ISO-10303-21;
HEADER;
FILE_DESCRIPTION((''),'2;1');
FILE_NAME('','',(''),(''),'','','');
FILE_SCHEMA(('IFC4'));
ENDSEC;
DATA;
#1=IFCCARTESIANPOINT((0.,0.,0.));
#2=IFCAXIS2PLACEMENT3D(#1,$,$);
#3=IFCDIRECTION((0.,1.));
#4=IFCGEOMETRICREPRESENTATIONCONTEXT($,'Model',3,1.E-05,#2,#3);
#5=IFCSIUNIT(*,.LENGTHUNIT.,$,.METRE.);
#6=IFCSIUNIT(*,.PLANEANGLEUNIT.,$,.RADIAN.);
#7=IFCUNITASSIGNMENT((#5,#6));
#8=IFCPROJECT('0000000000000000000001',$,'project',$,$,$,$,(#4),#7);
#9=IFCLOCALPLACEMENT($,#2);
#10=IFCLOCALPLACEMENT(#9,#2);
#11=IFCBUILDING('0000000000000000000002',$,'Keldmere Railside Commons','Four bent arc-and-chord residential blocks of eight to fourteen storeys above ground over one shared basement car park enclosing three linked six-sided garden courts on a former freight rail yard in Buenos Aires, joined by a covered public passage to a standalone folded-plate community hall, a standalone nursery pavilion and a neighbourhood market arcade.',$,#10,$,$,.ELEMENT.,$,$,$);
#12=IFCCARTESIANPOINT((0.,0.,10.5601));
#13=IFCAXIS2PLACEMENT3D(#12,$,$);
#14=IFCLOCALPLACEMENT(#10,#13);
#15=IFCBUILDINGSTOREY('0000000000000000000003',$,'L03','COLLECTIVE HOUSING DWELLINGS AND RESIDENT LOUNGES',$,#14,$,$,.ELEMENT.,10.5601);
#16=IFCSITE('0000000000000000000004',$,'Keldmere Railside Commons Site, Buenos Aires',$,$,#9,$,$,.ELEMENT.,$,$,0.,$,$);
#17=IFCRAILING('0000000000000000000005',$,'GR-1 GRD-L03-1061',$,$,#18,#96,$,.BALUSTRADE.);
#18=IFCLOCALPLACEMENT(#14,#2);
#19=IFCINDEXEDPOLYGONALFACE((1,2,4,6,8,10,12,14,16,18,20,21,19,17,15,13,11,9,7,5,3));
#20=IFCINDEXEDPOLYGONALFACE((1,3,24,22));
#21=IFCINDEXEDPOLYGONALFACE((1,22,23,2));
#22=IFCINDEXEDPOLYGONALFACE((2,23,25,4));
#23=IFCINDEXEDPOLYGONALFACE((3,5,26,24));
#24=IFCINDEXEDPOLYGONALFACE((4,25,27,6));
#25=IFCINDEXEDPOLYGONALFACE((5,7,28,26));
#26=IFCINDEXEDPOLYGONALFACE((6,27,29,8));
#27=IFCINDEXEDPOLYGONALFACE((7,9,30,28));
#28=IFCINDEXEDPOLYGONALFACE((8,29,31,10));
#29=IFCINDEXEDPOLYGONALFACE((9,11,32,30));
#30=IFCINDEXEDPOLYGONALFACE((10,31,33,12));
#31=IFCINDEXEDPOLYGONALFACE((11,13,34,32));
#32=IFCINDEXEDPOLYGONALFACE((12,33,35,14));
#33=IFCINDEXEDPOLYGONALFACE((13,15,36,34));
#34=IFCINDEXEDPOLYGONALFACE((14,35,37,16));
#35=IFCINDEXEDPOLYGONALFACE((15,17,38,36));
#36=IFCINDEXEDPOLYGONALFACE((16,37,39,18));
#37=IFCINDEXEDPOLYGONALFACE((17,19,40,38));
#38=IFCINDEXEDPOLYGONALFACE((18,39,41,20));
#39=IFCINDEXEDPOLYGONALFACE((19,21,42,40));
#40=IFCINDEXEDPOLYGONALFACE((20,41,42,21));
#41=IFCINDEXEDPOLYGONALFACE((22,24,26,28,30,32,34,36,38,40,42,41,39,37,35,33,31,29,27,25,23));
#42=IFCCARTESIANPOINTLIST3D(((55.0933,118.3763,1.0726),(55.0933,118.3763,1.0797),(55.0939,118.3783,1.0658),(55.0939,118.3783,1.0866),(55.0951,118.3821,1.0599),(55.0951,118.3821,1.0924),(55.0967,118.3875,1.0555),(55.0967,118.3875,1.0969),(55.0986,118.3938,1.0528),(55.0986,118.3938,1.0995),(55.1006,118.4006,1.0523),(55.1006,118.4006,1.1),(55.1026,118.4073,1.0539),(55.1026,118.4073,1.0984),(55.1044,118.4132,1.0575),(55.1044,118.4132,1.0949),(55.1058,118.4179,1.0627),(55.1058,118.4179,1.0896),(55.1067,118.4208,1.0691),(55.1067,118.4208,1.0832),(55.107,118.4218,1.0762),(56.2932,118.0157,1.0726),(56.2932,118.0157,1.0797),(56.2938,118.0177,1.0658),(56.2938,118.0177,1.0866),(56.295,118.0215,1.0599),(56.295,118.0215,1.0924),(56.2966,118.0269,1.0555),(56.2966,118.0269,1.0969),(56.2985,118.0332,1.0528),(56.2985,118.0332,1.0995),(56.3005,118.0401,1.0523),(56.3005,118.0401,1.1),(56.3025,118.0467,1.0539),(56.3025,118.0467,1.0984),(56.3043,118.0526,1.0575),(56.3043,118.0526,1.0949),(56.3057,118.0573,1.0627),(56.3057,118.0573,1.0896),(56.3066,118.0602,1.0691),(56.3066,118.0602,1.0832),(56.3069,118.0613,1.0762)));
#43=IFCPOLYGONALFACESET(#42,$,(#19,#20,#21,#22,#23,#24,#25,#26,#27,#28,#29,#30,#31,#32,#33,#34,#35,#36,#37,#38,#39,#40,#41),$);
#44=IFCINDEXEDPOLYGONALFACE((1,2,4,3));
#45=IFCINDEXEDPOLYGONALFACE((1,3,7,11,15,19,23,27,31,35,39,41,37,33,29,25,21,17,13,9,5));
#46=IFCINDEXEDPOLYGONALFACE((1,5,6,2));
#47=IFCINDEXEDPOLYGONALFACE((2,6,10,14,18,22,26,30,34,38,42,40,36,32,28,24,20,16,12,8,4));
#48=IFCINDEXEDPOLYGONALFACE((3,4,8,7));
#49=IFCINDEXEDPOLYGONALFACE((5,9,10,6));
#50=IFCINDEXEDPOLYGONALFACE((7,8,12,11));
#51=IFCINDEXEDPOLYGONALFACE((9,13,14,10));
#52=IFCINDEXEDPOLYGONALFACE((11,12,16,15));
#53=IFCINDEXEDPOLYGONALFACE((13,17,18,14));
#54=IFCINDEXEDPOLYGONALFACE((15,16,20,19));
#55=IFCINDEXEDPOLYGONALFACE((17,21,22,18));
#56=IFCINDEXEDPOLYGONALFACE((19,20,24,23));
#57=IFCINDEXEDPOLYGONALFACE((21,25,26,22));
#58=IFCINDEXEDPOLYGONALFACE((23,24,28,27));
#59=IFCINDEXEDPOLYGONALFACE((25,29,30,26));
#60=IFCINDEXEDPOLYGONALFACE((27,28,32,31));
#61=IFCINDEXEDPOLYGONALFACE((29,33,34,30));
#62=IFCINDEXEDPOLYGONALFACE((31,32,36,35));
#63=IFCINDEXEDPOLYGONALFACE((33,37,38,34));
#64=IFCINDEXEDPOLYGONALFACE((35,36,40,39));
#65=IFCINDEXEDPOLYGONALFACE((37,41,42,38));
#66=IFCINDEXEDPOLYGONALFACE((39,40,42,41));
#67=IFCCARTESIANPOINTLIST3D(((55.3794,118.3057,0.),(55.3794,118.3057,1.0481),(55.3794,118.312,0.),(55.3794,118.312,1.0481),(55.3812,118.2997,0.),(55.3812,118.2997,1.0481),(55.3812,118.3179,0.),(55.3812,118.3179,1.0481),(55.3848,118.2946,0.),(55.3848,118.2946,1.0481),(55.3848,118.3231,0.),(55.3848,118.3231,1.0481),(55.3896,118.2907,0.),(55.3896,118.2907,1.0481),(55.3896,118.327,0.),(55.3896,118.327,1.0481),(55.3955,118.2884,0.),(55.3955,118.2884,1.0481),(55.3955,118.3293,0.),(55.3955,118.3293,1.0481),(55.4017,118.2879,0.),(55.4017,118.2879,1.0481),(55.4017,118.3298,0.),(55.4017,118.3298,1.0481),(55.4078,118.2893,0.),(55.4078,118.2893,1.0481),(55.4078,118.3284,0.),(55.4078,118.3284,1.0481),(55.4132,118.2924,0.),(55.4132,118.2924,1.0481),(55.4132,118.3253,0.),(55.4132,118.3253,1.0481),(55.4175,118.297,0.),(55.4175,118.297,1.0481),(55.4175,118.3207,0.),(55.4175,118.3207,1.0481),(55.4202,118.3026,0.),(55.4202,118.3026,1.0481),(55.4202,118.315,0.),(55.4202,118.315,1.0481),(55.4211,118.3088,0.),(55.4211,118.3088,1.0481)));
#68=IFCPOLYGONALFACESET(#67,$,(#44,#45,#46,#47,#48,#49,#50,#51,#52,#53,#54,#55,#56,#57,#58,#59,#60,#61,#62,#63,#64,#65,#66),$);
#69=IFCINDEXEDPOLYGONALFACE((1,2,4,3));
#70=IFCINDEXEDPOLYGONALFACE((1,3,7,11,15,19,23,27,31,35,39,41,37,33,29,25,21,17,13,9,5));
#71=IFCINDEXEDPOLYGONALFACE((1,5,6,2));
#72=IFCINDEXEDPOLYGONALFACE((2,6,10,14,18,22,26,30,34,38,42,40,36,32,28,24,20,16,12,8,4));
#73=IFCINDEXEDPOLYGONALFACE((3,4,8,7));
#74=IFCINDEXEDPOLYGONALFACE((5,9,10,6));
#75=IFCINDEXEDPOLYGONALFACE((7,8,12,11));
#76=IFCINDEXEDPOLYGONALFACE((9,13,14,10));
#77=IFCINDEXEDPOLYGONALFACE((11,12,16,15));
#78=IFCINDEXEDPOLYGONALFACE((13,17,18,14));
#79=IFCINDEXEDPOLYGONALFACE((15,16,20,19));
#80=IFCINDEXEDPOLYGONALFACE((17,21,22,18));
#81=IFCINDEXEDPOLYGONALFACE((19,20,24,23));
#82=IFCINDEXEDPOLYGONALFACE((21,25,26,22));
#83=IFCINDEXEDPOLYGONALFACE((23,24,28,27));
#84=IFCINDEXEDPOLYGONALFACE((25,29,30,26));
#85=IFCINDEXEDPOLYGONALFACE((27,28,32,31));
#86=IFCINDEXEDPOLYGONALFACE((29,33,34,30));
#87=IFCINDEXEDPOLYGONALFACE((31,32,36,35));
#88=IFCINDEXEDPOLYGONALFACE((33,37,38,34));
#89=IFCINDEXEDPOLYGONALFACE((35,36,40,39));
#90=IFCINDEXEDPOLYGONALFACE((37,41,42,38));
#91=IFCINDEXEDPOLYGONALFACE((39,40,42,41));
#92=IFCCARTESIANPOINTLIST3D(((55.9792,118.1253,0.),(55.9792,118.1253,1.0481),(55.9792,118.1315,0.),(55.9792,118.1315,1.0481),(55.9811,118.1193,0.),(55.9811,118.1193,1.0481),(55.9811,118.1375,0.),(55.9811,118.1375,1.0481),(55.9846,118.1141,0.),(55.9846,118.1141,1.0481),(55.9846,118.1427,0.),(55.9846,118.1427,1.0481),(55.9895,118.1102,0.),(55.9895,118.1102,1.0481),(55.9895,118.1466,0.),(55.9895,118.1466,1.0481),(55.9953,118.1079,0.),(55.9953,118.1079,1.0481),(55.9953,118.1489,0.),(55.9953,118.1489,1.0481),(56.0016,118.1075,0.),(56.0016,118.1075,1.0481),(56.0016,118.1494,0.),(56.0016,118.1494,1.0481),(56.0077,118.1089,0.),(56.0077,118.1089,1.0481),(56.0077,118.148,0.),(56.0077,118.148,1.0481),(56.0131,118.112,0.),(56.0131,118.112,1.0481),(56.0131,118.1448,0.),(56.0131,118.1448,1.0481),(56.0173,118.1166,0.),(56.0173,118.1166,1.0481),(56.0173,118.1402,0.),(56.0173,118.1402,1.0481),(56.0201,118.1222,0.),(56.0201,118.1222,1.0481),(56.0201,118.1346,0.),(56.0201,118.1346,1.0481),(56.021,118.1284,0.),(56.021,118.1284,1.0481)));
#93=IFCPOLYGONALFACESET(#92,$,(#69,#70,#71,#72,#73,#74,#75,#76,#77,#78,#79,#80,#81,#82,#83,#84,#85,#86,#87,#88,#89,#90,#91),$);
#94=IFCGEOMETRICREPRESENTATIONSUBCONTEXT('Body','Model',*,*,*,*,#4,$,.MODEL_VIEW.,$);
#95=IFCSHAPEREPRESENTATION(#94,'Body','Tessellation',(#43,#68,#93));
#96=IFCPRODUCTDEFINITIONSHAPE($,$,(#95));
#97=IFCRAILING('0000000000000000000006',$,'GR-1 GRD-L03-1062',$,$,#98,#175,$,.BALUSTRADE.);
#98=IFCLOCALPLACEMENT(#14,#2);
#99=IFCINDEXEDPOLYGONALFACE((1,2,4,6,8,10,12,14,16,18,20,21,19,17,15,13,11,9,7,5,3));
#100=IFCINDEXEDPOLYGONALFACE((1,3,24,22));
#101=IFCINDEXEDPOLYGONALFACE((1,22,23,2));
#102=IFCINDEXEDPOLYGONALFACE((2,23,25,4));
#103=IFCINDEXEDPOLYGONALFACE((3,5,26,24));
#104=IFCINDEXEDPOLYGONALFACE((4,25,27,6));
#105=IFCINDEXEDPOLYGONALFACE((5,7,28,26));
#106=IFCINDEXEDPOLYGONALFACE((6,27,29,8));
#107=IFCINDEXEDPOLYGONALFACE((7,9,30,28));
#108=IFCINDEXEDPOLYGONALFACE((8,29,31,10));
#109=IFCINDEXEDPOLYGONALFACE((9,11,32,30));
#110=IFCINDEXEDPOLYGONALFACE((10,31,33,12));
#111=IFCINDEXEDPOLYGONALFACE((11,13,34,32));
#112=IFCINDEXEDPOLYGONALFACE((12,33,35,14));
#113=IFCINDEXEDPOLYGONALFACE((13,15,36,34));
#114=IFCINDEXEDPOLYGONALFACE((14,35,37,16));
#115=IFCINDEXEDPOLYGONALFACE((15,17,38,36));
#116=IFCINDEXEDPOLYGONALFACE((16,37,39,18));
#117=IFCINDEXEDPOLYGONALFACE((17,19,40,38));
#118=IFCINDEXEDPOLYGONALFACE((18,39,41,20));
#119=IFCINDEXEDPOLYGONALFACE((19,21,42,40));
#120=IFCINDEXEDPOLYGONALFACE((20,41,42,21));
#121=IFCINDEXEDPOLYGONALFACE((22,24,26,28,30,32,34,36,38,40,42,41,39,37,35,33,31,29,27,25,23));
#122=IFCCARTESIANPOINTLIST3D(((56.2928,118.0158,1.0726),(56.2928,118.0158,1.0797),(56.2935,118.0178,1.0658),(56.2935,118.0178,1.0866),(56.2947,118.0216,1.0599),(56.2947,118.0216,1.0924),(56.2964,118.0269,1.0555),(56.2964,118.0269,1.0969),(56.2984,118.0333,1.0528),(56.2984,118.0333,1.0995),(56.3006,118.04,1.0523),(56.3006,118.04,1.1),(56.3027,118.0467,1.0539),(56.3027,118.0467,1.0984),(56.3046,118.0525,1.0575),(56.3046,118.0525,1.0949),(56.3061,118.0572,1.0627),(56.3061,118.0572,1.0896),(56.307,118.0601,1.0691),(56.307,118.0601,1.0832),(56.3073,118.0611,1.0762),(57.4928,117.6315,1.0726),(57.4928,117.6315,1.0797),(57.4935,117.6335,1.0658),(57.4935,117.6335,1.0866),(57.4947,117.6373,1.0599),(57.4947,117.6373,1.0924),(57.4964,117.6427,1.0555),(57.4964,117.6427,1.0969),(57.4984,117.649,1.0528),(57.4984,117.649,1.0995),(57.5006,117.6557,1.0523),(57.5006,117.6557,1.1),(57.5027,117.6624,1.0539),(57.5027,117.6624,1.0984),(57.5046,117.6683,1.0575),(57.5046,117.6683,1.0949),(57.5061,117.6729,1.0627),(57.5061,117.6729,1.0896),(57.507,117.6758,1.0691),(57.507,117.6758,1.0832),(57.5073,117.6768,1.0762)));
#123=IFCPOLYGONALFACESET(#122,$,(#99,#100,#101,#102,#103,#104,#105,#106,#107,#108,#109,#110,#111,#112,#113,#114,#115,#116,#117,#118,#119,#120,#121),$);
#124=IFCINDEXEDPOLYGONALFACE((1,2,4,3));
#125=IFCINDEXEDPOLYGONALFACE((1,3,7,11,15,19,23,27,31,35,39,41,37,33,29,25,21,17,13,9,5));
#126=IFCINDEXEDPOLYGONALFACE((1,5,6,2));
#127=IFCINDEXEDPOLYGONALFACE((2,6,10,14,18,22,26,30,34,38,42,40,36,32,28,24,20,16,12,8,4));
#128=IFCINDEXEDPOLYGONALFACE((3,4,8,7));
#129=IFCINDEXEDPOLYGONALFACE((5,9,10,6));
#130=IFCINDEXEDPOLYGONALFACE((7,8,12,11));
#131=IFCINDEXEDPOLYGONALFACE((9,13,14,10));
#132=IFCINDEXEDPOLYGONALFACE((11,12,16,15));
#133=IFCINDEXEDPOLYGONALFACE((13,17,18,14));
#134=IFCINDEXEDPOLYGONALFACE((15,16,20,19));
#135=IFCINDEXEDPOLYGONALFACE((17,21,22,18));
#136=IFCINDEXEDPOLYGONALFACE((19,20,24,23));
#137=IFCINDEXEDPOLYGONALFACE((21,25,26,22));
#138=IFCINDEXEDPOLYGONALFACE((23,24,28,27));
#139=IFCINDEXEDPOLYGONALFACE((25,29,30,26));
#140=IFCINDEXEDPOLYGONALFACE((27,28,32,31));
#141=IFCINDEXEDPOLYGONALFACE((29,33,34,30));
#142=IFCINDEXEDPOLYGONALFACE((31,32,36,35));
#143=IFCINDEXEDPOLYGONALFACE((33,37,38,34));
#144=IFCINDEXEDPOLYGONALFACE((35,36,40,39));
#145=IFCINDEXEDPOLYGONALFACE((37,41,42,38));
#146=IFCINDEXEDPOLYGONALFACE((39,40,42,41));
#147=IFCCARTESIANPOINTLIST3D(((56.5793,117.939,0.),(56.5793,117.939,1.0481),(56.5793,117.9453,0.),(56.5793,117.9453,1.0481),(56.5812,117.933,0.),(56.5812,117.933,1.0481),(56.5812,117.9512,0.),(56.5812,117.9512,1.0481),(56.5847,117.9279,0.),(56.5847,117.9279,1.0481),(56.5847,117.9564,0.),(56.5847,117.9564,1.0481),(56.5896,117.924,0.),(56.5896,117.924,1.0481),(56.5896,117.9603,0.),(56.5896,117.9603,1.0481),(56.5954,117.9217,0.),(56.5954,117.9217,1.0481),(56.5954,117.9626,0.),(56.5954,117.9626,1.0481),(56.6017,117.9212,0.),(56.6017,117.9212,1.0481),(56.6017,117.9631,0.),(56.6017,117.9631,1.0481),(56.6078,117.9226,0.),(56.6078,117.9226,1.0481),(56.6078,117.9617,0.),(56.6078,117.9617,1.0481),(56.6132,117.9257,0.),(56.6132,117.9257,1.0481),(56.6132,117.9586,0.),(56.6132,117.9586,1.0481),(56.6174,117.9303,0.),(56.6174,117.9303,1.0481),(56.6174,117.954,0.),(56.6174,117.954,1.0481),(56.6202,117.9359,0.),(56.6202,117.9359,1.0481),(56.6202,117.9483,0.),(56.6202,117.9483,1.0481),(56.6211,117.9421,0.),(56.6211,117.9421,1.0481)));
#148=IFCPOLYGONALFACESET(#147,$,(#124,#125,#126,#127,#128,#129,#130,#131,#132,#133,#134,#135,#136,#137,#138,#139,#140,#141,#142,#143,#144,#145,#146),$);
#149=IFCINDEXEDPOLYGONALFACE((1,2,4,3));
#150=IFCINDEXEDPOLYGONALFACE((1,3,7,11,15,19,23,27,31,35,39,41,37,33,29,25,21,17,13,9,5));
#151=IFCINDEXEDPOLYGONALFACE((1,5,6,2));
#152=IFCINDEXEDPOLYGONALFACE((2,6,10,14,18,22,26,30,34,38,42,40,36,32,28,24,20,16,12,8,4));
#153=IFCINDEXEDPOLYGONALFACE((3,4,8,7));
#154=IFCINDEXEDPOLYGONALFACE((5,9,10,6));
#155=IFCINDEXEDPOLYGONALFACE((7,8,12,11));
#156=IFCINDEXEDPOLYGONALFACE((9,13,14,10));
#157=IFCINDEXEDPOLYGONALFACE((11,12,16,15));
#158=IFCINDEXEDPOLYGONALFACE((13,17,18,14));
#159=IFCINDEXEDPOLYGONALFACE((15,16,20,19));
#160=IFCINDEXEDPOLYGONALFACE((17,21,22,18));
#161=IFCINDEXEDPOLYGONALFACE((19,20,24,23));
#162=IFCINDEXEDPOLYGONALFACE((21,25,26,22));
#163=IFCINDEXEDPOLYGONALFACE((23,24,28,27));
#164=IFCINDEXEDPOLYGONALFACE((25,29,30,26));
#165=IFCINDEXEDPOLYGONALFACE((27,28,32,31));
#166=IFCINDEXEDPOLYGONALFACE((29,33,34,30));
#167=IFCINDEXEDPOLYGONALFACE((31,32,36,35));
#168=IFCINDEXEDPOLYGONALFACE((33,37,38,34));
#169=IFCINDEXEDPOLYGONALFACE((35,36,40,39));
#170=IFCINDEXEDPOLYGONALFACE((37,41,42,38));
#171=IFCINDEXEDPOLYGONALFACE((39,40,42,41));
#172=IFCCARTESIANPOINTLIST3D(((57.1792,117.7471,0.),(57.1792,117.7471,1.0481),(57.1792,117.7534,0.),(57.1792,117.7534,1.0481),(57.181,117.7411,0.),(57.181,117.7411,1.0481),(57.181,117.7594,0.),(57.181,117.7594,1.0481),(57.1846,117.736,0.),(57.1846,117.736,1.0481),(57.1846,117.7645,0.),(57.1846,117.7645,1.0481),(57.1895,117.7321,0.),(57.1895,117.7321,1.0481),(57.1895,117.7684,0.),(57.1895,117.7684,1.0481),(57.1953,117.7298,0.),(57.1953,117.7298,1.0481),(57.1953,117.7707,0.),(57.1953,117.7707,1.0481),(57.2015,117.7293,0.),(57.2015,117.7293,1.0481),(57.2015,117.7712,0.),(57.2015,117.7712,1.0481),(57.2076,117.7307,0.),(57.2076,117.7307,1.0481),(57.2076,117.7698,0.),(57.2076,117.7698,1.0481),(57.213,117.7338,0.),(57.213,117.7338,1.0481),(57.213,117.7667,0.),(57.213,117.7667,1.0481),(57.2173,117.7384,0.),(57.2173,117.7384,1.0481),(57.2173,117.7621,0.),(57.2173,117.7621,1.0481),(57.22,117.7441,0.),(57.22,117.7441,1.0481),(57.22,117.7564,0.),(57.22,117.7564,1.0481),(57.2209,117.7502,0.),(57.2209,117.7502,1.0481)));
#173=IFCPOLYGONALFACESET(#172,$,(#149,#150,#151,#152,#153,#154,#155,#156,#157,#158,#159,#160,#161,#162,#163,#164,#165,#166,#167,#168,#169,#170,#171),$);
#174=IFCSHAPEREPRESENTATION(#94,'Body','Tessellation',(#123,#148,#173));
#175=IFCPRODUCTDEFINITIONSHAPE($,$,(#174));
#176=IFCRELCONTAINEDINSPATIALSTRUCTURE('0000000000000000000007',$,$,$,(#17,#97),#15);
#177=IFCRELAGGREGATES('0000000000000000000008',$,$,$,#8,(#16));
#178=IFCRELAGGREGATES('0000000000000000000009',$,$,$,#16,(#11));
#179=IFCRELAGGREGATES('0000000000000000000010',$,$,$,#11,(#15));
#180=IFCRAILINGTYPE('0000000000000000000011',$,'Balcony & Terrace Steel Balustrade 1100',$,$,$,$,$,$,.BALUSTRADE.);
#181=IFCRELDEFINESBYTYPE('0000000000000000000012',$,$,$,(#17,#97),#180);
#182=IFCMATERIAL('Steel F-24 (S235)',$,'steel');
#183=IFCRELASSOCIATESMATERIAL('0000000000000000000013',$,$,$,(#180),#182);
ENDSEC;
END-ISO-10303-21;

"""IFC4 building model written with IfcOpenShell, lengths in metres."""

from ifc_helpers import new_model, si_unit, direction, frame, origin, origin_2d, place, context, subcontext, project, spatial, circle, extrude, material, type_object, element, save


model = new_model("IFC4")

# Units and contexts
model_context = context("Model", 3, precision=1e-05, world=origin(), true_north=direction((0.0, 1.0)))
body_context = subcontext(model_context, "Body", "Model", "MODEL_VIEW")
ifc_project = project(units=[si_unit("LENGTHUNIT", "METRE"), si_unit("PLANEANGLEUNIT", "RADIAN")], contexts=[model_context])

# Site, building, storey
site_placement = place(None, origin())
site = spatial("IfcSite", under=ifc_project, at=site_placement, Name="Keldmere Railside Commons Site, Buenos Aires", CompositionType="ELEMENT", RefElevation=0.0)
building_placement = place(site_placement, origin())
building = spatial("IfcBuilding", under=site, at=building_placement, Name="Keldmere Railside Commons", Description="Four bent arc-and-chord residential blocks of eight to fourteen storeys above ground over one shared basement car park enclosing three linked six-sided garden courts on a former freight rail yard in Buenos Aires, joined by a covered public passage to a standalone folded-plate community hall, a standalone nursery pavilion and a neighbourhood market arcade.", CompositionType="ELEMENT")
storey_placement = place(building_placement, frame((0.0, 0.0, 10.5601)))
storey = spatial("IfcBuildingStorey", under=building, at=storey_placement, Name="L03", Description="COLLECTIVE HOUSING DWELLINGS AND RESIDENT LOUNGES", CompositionType="ELEMENT", Elevation=10.5601)

# Shared definitions
ifc_material_1 = material(Name="Steel F-24 (S235)", Category="steel")

# Railings
railing_type = type_object("IfcRailingType", Name="Balcony & Terrace Steel Balustrade 1100", PredefinedType="BALUSTRADE", material=ifc_material_1)
railing_1_placement = place(storey_placement, frame((55.1001, 118.3989, 0.0)))
element("IfcRailing", 1, at=railing_1_placement, inside=storey, type_object=railing_type, Name="GR-1 GRD-L03-1061", PredefinedType="BALUSTRADE", context=body_context, shape_type="SweptSolid", body=[
    extrude(circle(Radius=0.0239, at=origin_2d()), frame((0.0, 0.0, 1.0762), z_axis=(0.957692, -0.287795, 0.0), x_axis=(0.287795, 0.957692, 0.0)), (0.0, 0.0, 1.0), 1.2529),
    extrude(circle(Radius=0.021, at=origin_2d()), frame((0.3, -0.0901, 0.0)), (0.0, 0.0, 1.0), 1.0481),
    extrude(circle(Radius=0.021, at=origin_2d()), frame((0.8999, -0.2705, 0.0)), (0.0, 0.0, 1.0), 1.0481),
])
railing_2_placement = place(storey_placement, frame((56.3, 118.0383, 0.0)))
element("IfcRailing", 2, at=railing_2_placement, inside=storey, type_object=railing_type, Name="GR-1 GRD-L03-1062", PredefinedType="BALUSTRADE", context=body_context, shape_type="SweptSolid", body=[
    extrude(circle(Radius=0.0239, at=origin_2d()), frame((0.0, 0.0, 1.0762), z_axis=(0.952357, -0.304987, 0.0), x_axis=(0.304987, 0.952357, 0.0)), (0.0, 0.0, 1.0), 1.26),
    extrude(circle(Radius=0.021, at=origin_2d()), frame((0.3, -0.0962, 0.0)), (0.0, 0.0, 1.0), 1.0481),
    extrude(circle(Radius=0.021, at=origin_2d()), frame((0.8999, -0.2881, 0.0)), (0.0, 0.0, 1.0), 1.0481),
])

save(model, "model.ifc")
